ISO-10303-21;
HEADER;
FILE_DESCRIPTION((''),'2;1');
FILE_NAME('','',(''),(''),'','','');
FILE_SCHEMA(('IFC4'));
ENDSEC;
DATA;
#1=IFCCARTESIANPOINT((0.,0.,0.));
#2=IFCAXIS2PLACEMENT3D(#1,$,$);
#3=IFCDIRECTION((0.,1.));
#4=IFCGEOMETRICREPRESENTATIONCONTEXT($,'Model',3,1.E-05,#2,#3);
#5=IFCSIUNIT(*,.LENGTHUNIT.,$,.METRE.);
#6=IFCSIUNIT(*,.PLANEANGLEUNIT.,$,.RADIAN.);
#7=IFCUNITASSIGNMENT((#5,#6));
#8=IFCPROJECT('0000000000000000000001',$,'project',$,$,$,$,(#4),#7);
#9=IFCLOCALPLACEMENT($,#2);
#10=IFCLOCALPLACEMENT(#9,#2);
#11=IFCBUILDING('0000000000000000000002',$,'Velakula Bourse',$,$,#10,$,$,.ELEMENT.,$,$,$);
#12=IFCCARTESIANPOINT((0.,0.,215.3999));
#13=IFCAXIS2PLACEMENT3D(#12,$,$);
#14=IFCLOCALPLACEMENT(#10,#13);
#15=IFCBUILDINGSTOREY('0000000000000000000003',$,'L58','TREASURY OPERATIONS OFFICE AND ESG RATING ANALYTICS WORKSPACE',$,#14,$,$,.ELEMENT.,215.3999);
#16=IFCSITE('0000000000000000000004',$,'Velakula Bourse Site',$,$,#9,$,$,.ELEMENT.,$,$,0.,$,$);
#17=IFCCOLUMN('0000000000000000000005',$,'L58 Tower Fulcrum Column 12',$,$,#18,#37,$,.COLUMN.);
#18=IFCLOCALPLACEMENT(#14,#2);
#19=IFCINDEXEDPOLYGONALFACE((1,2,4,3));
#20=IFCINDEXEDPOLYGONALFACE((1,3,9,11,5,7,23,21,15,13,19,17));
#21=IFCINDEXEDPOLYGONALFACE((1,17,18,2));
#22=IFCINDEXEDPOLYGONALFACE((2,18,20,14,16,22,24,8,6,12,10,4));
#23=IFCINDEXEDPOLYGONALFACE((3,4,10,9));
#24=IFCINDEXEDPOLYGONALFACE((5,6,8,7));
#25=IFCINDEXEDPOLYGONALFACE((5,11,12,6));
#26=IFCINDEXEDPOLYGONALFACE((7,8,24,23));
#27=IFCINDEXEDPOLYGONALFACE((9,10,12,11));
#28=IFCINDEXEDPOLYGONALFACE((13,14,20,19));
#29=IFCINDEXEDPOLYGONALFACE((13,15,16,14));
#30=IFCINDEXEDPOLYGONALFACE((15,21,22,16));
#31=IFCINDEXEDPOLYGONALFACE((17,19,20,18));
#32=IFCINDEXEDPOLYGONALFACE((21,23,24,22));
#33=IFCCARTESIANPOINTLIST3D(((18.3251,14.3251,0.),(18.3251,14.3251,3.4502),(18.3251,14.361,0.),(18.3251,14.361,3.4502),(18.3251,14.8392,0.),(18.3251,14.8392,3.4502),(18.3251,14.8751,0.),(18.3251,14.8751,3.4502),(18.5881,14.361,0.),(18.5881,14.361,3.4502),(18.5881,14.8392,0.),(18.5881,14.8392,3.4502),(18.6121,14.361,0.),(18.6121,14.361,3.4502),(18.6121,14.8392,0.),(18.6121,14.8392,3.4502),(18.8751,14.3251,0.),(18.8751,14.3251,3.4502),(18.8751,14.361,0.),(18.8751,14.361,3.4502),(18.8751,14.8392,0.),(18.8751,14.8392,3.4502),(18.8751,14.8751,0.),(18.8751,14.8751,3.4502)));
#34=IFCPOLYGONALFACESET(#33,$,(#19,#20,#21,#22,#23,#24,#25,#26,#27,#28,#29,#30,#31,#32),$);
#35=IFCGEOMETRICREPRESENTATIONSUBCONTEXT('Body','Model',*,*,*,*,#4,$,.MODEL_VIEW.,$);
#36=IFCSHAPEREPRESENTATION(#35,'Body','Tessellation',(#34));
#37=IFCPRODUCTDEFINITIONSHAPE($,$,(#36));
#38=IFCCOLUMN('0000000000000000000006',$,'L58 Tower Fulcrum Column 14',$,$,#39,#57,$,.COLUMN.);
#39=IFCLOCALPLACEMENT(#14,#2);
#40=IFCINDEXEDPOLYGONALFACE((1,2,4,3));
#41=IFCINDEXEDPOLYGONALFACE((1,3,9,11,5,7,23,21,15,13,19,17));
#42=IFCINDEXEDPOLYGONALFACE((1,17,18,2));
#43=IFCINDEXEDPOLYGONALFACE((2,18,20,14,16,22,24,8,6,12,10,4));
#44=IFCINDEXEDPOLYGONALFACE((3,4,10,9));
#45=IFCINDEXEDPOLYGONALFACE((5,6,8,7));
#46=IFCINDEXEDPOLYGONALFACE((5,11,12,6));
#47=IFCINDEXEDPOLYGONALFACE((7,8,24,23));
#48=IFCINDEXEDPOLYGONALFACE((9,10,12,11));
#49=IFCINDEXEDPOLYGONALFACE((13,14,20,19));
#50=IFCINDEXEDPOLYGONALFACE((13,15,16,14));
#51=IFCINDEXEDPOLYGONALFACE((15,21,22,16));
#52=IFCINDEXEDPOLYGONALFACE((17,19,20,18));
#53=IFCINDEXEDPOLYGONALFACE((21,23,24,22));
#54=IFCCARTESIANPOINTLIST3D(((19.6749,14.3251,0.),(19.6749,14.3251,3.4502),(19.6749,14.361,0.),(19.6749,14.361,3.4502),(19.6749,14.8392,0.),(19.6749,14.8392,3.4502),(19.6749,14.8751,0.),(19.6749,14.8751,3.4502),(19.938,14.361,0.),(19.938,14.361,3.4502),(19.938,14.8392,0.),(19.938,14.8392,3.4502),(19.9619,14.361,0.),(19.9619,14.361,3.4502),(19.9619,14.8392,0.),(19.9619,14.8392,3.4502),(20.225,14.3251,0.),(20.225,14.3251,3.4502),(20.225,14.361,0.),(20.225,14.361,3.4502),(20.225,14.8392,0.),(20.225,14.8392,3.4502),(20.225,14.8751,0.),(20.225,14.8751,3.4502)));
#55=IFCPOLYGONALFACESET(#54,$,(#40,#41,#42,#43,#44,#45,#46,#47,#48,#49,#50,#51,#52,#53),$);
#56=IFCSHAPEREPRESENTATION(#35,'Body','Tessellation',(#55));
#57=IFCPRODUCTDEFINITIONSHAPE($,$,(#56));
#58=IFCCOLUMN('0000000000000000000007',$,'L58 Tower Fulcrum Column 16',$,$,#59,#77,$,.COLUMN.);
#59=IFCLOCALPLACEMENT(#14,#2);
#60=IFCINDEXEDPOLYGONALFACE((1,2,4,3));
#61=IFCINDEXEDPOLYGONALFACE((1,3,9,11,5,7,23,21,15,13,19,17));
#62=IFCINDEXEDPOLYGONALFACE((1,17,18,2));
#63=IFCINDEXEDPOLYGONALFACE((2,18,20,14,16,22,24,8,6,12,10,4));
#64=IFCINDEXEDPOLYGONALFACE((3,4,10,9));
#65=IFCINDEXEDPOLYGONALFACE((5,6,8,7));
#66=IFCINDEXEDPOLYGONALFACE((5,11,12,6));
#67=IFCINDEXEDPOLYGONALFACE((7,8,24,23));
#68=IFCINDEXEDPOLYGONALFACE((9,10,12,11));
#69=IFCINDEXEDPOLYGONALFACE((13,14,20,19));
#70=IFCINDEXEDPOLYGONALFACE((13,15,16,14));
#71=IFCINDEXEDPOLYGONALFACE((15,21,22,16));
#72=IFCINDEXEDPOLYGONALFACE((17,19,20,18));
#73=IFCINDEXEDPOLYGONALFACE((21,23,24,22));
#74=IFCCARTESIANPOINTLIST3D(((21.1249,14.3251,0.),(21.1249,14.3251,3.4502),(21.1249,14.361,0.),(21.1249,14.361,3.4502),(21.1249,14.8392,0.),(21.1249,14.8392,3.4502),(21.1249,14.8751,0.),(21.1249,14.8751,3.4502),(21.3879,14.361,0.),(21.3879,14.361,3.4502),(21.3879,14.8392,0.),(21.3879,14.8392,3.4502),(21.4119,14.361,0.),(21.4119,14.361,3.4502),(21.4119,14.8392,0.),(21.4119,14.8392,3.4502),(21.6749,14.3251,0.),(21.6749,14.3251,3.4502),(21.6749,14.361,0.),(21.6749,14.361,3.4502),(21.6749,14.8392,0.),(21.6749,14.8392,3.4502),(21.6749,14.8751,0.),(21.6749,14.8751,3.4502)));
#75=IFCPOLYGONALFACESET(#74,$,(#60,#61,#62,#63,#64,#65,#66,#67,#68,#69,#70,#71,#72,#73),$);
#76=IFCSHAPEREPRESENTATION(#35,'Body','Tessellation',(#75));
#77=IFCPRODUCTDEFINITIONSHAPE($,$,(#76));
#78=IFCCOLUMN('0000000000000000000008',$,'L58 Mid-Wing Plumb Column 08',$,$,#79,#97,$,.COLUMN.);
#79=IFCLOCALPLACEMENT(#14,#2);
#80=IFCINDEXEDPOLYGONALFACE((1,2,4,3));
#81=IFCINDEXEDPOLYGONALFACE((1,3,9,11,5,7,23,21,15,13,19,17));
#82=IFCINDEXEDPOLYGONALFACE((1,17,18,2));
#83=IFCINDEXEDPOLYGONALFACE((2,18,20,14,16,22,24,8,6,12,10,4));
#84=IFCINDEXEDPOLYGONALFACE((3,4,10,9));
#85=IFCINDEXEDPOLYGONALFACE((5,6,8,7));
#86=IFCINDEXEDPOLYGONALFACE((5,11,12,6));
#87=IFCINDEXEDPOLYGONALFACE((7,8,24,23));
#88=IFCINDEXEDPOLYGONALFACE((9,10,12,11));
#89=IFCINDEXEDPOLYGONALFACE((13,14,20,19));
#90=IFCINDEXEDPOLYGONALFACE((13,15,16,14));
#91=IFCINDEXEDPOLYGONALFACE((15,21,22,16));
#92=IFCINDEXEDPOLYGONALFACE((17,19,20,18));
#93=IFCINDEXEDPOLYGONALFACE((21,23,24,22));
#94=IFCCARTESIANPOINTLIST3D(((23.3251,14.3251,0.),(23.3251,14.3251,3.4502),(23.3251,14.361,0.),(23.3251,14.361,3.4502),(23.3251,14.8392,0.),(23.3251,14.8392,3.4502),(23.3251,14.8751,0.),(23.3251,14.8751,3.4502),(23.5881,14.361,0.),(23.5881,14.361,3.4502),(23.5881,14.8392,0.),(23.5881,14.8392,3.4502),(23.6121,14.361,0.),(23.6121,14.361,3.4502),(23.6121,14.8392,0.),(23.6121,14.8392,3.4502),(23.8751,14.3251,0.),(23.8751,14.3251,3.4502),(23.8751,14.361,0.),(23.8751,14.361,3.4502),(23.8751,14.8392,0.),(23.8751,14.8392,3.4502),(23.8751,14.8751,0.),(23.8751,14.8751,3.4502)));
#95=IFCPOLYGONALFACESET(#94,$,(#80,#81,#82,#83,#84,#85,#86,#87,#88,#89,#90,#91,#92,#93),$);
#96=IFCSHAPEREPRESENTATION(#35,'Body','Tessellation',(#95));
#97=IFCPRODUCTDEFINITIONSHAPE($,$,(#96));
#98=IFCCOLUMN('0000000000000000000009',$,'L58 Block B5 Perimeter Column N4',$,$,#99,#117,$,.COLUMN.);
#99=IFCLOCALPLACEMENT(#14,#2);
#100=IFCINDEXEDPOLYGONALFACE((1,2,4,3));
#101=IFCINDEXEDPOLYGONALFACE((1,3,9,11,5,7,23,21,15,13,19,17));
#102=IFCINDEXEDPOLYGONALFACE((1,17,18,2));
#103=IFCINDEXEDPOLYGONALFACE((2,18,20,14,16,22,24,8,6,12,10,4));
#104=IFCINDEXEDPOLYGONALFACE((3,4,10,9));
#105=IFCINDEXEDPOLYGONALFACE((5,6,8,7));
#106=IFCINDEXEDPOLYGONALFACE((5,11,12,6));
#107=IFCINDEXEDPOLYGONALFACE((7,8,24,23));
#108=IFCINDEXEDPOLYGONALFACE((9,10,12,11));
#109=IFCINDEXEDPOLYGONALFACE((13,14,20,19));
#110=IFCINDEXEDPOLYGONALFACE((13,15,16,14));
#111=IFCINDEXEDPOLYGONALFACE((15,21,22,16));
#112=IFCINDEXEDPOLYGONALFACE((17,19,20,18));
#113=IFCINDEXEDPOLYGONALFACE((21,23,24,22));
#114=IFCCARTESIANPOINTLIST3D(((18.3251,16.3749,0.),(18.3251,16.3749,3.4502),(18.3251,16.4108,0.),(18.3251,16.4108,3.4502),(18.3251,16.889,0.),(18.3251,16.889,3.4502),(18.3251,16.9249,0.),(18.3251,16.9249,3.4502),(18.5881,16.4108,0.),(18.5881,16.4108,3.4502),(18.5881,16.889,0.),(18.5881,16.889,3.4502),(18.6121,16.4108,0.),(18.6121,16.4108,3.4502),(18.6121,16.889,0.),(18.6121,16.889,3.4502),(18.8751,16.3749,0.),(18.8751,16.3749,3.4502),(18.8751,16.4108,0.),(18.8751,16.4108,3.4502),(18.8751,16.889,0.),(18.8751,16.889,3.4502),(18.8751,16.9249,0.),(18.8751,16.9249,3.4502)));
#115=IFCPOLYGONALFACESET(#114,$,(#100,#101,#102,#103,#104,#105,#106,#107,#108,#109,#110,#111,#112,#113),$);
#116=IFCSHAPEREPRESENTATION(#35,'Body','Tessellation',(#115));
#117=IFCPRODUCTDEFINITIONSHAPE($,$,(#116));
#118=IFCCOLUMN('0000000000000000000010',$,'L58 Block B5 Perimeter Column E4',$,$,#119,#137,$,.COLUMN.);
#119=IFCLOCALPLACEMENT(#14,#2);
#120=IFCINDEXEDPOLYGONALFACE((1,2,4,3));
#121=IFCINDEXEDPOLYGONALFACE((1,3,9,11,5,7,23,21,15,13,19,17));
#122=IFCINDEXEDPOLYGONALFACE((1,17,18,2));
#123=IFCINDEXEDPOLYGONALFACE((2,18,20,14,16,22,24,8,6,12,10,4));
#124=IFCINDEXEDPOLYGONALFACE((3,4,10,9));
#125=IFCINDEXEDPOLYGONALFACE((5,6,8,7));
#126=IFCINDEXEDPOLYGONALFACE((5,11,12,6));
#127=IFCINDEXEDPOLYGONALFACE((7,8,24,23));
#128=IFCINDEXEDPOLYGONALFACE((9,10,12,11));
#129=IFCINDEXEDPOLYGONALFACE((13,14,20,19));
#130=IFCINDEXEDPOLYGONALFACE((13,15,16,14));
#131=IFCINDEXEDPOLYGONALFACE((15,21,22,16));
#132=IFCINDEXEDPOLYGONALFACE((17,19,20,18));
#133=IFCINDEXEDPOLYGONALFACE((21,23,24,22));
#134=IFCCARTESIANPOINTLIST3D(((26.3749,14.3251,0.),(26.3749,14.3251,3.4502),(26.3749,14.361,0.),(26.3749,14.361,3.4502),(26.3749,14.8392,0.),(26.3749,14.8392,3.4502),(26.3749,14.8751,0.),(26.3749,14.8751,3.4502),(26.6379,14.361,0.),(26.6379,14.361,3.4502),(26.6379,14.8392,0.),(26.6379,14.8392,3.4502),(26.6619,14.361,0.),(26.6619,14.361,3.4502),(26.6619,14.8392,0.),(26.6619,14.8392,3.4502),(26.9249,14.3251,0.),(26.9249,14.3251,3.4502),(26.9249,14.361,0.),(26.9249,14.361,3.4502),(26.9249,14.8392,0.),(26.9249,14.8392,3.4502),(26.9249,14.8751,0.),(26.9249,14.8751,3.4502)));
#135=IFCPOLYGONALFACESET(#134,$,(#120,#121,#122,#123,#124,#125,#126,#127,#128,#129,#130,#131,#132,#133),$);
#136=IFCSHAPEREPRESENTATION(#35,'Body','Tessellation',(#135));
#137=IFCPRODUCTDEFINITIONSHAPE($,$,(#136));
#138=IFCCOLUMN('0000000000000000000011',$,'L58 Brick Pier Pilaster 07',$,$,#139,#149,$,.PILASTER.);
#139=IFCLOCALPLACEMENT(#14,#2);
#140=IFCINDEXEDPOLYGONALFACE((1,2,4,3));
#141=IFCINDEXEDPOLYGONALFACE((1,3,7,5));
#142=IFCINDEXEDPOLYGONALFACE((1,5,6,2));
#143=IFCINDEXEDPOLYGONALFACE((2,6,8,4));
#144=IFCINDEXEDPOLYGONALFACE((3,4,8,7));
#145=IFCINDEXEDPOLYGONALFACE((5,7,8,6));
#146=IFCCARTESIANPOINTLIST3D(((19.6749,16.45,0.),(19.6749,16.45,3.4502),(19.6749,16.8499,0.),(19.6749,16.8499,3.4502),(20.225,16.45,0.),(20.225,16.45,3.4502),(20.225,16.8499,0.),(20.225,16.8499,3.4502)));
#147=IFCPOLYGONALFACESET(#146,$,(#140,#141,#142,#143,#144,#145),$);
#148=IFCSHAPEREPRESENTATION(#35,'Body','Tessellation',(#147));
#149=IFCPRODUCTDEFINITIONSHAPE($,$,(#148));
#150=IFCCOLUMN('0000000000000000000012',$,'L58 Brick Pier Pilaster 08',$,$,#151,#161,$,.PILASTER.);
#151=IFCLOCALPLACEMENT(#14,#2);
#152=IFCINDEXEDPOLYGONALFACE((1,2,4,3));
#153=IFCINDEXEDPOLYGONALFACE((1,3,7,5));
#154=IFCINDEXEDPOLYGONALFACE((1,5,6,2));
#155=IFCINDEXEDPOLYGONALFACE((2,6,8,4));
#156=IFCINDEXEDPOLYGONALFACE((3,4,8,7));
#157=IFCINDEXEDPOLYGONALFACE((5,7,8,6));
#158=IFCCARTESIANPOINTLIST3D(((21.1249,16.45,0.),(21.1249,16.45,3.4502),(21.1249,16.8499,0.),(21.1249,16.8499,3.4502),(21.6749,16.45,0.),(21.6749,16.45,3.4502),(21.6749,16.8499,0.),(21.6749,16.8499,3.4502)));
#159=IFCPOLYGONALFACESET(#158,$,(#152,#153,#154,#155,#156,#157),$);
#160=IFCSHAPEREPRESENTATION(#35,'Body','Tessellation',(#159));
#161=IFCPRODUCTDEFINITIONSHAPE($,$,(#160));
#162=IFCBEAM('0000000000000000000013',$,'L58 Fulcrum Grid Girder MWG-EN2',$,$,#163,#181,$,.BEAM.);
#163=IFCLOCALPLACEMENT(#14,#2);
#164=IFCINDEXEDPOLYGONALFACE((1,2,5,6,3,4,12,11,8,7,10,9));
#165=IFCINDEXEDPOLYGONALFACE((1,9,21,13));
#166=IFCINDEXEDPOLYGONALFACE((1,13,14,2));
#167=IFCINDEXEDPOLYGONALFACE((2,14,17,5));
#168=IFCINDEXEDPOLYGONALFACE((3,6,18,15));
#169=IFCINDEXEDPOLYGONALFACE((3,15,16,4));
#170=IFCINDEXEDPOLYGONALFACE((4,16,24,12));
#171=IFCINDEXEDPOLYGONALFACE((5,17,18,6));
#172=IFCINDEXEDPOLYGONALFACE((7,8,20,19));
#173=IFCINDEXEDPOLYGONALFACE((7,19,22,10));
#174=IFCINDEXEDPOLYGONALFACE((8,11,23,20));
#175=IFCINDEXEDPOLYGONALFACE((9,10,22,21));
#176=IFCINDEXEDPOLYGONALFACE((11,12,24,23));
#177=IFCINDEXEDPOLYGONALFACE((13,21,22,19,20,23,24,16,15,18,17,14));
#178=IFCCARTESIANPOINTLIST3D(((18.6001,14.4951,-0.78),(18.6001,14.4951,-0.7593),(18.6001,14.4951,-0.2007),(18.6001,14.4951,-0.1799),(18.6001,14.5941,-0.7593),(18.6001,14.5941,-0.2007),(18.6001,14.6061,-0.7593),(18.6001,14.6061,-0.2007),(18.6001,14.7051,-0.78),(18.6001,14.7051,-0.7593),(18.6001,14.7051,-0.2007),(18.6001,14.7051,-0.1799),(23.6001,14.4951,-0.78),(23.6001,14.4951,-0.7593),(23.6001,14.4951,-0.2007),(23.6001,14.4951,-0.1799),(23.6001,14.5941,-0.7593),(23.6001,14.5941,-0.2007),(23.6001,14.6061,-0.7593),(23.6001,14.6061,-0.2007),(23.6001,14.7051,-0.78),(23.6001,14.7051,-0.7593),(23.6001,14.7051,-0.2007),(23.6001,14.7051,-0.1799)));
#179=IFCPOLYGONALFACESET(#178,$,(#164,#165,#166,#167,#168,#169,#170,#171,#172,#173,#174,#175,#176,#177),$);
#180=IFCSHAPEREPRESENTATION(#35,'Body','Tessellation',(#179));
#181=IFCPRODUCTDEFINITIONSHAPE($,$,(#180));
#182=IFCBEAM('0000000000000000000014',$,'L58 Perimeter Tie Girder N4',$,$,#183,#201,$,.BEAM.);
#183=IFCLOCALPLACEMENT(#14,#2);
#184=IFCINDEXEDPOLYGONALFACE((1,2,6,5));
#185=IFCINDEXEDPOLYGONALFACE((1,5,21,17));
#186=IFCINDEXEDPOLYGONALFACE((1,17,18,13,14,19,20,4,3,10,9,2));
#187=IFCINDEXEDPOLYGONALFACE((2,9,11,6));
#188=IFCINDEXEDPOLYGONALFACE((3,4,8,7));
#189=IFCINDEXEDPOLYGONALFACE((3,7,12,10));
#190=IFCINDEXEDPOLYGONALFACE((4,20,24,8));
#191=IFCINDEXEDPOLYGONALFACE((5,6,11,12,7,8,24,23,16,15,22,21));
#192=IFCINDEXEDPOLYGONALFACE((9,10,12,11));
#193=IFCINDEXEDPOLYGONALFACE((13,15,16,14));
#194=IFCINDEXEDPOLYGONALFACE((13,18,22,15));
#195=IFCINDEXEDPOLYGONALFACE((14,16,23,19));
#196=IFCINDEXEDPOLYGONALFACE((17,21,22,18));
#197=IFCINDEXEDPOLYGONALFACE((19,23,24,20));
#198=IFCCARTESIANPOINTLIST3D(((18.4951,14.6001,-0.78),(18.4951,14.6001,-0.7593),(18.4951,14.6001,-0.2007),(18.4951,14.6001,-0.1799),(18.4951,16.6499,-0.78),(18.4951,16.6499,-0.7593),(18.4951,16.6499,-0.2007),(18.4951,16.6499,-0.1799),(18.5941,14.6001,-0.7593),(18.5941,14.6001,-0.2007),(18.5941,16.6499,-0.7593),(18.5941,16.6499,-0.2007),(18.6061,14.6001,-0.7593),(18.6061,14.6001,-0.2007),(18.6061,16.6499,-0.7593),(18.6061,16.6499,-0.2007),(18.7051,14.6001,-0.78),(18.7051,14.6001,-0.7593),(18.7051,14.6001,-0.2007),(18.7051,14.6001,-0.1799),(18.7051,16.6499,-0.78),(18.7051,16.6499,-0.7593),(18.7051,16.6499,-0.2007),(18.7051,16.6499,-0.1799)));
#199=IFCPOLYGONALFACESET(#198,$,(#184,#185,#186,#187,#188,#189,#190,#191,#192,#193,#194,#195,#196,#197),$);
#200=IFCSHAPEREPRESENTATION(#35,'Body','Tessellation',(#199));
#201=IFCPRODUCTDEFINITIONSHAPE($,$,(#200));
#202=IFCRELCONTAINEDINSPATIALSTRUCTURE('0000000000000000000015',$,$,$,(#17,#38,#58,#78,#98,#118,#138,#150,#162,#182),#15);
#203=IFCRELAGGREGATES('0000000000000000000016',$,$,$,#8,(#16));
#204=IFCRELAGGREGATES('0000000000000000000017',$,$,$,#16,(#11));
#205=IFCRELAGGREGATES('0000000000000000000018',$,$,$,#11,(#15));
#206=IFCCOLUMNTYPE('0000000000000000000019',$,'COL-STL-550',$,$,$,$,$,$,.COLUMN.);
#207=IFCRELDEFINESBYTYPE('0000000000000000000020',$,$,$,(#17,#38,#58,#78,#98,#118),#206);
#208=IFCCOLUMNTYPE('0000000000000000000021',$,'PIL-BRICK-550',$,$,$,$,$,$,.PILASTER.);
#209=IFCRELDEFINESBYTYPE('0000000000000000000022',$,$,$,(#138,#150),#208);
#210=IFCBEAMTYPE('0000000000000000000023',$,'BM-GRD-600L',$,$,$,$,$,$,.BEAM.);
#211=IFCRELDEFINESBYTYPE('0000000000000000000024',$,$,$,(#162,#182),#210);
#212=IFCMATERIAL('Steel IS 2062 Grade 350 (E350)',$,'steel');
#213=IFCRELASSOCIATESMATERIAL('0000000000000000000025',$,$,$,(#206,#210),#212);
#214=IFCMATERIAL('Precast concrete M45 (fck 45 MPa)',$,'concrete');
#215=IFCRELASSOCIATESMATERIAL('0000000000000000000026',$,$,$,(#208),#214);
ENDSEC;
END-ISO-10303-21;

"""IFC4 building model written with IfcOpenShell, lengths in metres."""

from ifc_helpers import new_model, si_unit, direction, frame, origin, origin_2d, place, context, subcontext, project, spatial, rectangle, i_section, extrude, material, material_profile, profile_set, type_object, element, save


model = new_model("IFC4")

# Units and contexts
model_context = context("Model", 3, precision=1e-05, world=origin(), true_north=direction((0.0, 1.0)))
body_context = subcontext(model_context, "Body", "Model", "MODEL_VIEW")
ifc_project = project(units=[si_unit("LENGTHUNIT", "METRE"), si_unit("PLANEANGLEUNIT", "RADIAN")], contexts=[model_context])

# Site, building, storey
site_placement = place(None, origin())
site = spatial("IfcSite", under=ifc_project, at=site_placement, Name="Velakula Bourse Site", CompositionType="ELEMENT", RefElevation=0.0)
building_placement = place(site_placement, origin())
building = spatial("IfcBuilding", under=site, at=building_placement, Name="Velakula Bourse", CompositionType="ELEMENT")
storey_placement = place(building_placement, frame((0.0, 0.0, 215.3999)))
storey = spatial("IfcBuildingStorey", under=building, at=storey_placement, Name="L58", Description="TREASURY OPERATIONS OFFICE AND ESG RATING ANALYTICS WORKSPACE", CompositionType="ELEMENT", Elevation=215.3999)

# Columns
ifc_material_1 = material(Name="Steel IS 2062 Grade 350 (E350)", Category="steel")
ifc_material_profile_1 = material_profile(ifc_material_1, i_section(OverallWidth=0.55, OverallDepth=0.55, WebThickness=0.0239, FlangeThickness=0.0359, at=origin_2d()), Name="Steel IS 2062 Grade 350 (E350)")
ifc_profile_set_1 = profile_set([ifc_material_profile_1], Name="Steel IS 2062 Grade 350 (E350)")
column_type_1 = type_object("IfcColumnType", Name="COL-STL-550", PredefinedType="COLUMN", material=ifc_profile_set_1)
for number, where, z_axis, x_axis, name in (
    (1, (18.6001, 14.6001, 0.0), (0.0, 0.0, 1.0), (1.0, 0.0, 0.0), "L58 Tower Fulcrum Column 12"),
    (2, (19.95, 14.6001, 0.0), (0.0, 0.0, 1.0), (1.0, 0.0, 0.0), "L58 Tower Fulcrum Column 14"),
    (3, (21.3999, 14.6001, 0.0), (0.0, 0.0, 1.0), (1.0, 0.0, 0.0), "L58 Tower Fulcrum Column 16"),
    (4, (23.6001, 14.6001, 0.0), (0.0, 0.0, 1.0), (1.0, 0.0, 0.0), "L58 Mid-Wing Plumb Column 08"),
    (5, (18.6001, 16.6499, 0.0), (0.0, 0.0, 1.0), (1.0, 0.0, 0.0), "L58 Block B5 Perimeter Column N4"),
    (6, (26.6499, 14.6001, 0.0), (0.0, 0.0, 1.0), (1.0, 0.0, 0.0), "L58 Block B5 Perimeter Column E4"),
):
    element("IfcColumn", number, at=place(storey_placement, frame(where, z_axis=z_axis, x_axis=x_axis)), inside=storey, type_object=column_type_1, Name=name, PredefinedType="COLUMN", context=body_context, shape_type="SweptSolid", body=[
        extrude(i_section(OverallWidth=0.55, OverallDepth=0.55, WebThickness=0.0239, FlangeThickness=0.0359, at=origin_2d()), origin(), (0.0, 0.0, 1.0), 3.4502),
    ])
ifc_material_2 = material(Name="Precast concrete M45 (fck 45 MPa)", Category="concrete")
ifc_material_profile_2 = material_profile(ifc_material_2, rectangle(XDim=0.55, YDim=0.3999, at=origin_2d()), Name="Precast concrete M45 (fck 45 MPa)")
ifc_profile_set_2 = profile_set([ifc_material_profile_2], Name="Precast concrete M45 (fck 45 MPa)")
column_type_2 = type_object("IfcColumnType", Name="PIL-BRICK-550", PredefinedType="PILASTER", material=ifc_profile_set_2)
for number, where, z_axis, x_axis, name in (
    (7, (19.95, 16.6499, 0.0), (0.0, 0.0, 1.0), (1.0, 0.0, 0.0), "L58 Brick Pier Pilaster 07"),
    (8, (21.3999, 16.6499, 0.0), (0.0, 0.0, 1.0), (1.0, 0.0, 0.0), "L58 Brick Pier Pilaster 08"),
):
    element("IfcColumn", number, at=place(storey_placement, frame(where, z_axis=z_axis, x_axis=x_axis)), inside=storey, type_object=column_type_2, Name=name, PredefinedType="PILASTER", context=body_context, shape_type="SweptSolid", body=[
        extrude(rectangle(XDim=0.55, YDim=0.3999, at=origin_2d()), origin(), (0.0, 0.0, 1.0), 3.4502),
    ])

# Beams
ifc_material_profile_3 = material_profile(ifc_material_1, i_section(OverallWidth=0.21, OverallDepth=0.6001, WebThickness=0.012, FlangeThickness=0.0208, at=origin_2d()), Name="Steel IS 2062 Grade 350 (E350)")
ifc_profile_set_3 = profile_set([ifc_material_profile_3], Name="Steel IS 2062 Grade 350 (E350)")
beam_type_1 = type_object("IfcBeamType", Name="BM-GRD-600L", PredefinedType="BEAM", material=ifc_profile_set_3)
beam_1_placement = place(storey_placement, frame((18.6001, 14.6001, -0.48), z_axis=(1.0, 0.0, 0.0), x_axis=(0.0, 1.0, 0.0)))
element("IfcBeam", 9, at=beam_1_placement, inside=storey, type_object=beam_type_1, Name="L58 Fulcrum Grid Girder MWG-EN2", PredefinedType="BEAM", context=body_context, shape_type="SweptSolid", body=[
    extrude(i_section(OverallWidth=0.21, OverallDepth=0.6001, WebThickness=0.012, FlangeThickness=0.0208, at=origin_2d()), origin(), (0.0, 0.0, 1.0), 5.0),
])
beam_2_placement = place(storey_placement, frame((18.6001, 14.6001, -0.48), z_axis=(0.0, 1.0, 0.0), x_axis=(-1.0, 0.0, 0.0)))
element("IfcBeam", 10, at=beam_2_placement, inside=storey, type_object=beam_type_1, Name="L58 Perimeter Tie Girder N4", PredefinedType="BEAM", context=body_context, shape_type="SweptSolid", body=[
    extrude(i_section(OverallWidth=0.21, OverallDepth=0.6001, WebThickness=0.012, FlangeThickness=0.0208, at=origin_2d()), origin(), (0.0, 0.0, 1.0), 2.0498),
])

save(model, "model.ifc")
